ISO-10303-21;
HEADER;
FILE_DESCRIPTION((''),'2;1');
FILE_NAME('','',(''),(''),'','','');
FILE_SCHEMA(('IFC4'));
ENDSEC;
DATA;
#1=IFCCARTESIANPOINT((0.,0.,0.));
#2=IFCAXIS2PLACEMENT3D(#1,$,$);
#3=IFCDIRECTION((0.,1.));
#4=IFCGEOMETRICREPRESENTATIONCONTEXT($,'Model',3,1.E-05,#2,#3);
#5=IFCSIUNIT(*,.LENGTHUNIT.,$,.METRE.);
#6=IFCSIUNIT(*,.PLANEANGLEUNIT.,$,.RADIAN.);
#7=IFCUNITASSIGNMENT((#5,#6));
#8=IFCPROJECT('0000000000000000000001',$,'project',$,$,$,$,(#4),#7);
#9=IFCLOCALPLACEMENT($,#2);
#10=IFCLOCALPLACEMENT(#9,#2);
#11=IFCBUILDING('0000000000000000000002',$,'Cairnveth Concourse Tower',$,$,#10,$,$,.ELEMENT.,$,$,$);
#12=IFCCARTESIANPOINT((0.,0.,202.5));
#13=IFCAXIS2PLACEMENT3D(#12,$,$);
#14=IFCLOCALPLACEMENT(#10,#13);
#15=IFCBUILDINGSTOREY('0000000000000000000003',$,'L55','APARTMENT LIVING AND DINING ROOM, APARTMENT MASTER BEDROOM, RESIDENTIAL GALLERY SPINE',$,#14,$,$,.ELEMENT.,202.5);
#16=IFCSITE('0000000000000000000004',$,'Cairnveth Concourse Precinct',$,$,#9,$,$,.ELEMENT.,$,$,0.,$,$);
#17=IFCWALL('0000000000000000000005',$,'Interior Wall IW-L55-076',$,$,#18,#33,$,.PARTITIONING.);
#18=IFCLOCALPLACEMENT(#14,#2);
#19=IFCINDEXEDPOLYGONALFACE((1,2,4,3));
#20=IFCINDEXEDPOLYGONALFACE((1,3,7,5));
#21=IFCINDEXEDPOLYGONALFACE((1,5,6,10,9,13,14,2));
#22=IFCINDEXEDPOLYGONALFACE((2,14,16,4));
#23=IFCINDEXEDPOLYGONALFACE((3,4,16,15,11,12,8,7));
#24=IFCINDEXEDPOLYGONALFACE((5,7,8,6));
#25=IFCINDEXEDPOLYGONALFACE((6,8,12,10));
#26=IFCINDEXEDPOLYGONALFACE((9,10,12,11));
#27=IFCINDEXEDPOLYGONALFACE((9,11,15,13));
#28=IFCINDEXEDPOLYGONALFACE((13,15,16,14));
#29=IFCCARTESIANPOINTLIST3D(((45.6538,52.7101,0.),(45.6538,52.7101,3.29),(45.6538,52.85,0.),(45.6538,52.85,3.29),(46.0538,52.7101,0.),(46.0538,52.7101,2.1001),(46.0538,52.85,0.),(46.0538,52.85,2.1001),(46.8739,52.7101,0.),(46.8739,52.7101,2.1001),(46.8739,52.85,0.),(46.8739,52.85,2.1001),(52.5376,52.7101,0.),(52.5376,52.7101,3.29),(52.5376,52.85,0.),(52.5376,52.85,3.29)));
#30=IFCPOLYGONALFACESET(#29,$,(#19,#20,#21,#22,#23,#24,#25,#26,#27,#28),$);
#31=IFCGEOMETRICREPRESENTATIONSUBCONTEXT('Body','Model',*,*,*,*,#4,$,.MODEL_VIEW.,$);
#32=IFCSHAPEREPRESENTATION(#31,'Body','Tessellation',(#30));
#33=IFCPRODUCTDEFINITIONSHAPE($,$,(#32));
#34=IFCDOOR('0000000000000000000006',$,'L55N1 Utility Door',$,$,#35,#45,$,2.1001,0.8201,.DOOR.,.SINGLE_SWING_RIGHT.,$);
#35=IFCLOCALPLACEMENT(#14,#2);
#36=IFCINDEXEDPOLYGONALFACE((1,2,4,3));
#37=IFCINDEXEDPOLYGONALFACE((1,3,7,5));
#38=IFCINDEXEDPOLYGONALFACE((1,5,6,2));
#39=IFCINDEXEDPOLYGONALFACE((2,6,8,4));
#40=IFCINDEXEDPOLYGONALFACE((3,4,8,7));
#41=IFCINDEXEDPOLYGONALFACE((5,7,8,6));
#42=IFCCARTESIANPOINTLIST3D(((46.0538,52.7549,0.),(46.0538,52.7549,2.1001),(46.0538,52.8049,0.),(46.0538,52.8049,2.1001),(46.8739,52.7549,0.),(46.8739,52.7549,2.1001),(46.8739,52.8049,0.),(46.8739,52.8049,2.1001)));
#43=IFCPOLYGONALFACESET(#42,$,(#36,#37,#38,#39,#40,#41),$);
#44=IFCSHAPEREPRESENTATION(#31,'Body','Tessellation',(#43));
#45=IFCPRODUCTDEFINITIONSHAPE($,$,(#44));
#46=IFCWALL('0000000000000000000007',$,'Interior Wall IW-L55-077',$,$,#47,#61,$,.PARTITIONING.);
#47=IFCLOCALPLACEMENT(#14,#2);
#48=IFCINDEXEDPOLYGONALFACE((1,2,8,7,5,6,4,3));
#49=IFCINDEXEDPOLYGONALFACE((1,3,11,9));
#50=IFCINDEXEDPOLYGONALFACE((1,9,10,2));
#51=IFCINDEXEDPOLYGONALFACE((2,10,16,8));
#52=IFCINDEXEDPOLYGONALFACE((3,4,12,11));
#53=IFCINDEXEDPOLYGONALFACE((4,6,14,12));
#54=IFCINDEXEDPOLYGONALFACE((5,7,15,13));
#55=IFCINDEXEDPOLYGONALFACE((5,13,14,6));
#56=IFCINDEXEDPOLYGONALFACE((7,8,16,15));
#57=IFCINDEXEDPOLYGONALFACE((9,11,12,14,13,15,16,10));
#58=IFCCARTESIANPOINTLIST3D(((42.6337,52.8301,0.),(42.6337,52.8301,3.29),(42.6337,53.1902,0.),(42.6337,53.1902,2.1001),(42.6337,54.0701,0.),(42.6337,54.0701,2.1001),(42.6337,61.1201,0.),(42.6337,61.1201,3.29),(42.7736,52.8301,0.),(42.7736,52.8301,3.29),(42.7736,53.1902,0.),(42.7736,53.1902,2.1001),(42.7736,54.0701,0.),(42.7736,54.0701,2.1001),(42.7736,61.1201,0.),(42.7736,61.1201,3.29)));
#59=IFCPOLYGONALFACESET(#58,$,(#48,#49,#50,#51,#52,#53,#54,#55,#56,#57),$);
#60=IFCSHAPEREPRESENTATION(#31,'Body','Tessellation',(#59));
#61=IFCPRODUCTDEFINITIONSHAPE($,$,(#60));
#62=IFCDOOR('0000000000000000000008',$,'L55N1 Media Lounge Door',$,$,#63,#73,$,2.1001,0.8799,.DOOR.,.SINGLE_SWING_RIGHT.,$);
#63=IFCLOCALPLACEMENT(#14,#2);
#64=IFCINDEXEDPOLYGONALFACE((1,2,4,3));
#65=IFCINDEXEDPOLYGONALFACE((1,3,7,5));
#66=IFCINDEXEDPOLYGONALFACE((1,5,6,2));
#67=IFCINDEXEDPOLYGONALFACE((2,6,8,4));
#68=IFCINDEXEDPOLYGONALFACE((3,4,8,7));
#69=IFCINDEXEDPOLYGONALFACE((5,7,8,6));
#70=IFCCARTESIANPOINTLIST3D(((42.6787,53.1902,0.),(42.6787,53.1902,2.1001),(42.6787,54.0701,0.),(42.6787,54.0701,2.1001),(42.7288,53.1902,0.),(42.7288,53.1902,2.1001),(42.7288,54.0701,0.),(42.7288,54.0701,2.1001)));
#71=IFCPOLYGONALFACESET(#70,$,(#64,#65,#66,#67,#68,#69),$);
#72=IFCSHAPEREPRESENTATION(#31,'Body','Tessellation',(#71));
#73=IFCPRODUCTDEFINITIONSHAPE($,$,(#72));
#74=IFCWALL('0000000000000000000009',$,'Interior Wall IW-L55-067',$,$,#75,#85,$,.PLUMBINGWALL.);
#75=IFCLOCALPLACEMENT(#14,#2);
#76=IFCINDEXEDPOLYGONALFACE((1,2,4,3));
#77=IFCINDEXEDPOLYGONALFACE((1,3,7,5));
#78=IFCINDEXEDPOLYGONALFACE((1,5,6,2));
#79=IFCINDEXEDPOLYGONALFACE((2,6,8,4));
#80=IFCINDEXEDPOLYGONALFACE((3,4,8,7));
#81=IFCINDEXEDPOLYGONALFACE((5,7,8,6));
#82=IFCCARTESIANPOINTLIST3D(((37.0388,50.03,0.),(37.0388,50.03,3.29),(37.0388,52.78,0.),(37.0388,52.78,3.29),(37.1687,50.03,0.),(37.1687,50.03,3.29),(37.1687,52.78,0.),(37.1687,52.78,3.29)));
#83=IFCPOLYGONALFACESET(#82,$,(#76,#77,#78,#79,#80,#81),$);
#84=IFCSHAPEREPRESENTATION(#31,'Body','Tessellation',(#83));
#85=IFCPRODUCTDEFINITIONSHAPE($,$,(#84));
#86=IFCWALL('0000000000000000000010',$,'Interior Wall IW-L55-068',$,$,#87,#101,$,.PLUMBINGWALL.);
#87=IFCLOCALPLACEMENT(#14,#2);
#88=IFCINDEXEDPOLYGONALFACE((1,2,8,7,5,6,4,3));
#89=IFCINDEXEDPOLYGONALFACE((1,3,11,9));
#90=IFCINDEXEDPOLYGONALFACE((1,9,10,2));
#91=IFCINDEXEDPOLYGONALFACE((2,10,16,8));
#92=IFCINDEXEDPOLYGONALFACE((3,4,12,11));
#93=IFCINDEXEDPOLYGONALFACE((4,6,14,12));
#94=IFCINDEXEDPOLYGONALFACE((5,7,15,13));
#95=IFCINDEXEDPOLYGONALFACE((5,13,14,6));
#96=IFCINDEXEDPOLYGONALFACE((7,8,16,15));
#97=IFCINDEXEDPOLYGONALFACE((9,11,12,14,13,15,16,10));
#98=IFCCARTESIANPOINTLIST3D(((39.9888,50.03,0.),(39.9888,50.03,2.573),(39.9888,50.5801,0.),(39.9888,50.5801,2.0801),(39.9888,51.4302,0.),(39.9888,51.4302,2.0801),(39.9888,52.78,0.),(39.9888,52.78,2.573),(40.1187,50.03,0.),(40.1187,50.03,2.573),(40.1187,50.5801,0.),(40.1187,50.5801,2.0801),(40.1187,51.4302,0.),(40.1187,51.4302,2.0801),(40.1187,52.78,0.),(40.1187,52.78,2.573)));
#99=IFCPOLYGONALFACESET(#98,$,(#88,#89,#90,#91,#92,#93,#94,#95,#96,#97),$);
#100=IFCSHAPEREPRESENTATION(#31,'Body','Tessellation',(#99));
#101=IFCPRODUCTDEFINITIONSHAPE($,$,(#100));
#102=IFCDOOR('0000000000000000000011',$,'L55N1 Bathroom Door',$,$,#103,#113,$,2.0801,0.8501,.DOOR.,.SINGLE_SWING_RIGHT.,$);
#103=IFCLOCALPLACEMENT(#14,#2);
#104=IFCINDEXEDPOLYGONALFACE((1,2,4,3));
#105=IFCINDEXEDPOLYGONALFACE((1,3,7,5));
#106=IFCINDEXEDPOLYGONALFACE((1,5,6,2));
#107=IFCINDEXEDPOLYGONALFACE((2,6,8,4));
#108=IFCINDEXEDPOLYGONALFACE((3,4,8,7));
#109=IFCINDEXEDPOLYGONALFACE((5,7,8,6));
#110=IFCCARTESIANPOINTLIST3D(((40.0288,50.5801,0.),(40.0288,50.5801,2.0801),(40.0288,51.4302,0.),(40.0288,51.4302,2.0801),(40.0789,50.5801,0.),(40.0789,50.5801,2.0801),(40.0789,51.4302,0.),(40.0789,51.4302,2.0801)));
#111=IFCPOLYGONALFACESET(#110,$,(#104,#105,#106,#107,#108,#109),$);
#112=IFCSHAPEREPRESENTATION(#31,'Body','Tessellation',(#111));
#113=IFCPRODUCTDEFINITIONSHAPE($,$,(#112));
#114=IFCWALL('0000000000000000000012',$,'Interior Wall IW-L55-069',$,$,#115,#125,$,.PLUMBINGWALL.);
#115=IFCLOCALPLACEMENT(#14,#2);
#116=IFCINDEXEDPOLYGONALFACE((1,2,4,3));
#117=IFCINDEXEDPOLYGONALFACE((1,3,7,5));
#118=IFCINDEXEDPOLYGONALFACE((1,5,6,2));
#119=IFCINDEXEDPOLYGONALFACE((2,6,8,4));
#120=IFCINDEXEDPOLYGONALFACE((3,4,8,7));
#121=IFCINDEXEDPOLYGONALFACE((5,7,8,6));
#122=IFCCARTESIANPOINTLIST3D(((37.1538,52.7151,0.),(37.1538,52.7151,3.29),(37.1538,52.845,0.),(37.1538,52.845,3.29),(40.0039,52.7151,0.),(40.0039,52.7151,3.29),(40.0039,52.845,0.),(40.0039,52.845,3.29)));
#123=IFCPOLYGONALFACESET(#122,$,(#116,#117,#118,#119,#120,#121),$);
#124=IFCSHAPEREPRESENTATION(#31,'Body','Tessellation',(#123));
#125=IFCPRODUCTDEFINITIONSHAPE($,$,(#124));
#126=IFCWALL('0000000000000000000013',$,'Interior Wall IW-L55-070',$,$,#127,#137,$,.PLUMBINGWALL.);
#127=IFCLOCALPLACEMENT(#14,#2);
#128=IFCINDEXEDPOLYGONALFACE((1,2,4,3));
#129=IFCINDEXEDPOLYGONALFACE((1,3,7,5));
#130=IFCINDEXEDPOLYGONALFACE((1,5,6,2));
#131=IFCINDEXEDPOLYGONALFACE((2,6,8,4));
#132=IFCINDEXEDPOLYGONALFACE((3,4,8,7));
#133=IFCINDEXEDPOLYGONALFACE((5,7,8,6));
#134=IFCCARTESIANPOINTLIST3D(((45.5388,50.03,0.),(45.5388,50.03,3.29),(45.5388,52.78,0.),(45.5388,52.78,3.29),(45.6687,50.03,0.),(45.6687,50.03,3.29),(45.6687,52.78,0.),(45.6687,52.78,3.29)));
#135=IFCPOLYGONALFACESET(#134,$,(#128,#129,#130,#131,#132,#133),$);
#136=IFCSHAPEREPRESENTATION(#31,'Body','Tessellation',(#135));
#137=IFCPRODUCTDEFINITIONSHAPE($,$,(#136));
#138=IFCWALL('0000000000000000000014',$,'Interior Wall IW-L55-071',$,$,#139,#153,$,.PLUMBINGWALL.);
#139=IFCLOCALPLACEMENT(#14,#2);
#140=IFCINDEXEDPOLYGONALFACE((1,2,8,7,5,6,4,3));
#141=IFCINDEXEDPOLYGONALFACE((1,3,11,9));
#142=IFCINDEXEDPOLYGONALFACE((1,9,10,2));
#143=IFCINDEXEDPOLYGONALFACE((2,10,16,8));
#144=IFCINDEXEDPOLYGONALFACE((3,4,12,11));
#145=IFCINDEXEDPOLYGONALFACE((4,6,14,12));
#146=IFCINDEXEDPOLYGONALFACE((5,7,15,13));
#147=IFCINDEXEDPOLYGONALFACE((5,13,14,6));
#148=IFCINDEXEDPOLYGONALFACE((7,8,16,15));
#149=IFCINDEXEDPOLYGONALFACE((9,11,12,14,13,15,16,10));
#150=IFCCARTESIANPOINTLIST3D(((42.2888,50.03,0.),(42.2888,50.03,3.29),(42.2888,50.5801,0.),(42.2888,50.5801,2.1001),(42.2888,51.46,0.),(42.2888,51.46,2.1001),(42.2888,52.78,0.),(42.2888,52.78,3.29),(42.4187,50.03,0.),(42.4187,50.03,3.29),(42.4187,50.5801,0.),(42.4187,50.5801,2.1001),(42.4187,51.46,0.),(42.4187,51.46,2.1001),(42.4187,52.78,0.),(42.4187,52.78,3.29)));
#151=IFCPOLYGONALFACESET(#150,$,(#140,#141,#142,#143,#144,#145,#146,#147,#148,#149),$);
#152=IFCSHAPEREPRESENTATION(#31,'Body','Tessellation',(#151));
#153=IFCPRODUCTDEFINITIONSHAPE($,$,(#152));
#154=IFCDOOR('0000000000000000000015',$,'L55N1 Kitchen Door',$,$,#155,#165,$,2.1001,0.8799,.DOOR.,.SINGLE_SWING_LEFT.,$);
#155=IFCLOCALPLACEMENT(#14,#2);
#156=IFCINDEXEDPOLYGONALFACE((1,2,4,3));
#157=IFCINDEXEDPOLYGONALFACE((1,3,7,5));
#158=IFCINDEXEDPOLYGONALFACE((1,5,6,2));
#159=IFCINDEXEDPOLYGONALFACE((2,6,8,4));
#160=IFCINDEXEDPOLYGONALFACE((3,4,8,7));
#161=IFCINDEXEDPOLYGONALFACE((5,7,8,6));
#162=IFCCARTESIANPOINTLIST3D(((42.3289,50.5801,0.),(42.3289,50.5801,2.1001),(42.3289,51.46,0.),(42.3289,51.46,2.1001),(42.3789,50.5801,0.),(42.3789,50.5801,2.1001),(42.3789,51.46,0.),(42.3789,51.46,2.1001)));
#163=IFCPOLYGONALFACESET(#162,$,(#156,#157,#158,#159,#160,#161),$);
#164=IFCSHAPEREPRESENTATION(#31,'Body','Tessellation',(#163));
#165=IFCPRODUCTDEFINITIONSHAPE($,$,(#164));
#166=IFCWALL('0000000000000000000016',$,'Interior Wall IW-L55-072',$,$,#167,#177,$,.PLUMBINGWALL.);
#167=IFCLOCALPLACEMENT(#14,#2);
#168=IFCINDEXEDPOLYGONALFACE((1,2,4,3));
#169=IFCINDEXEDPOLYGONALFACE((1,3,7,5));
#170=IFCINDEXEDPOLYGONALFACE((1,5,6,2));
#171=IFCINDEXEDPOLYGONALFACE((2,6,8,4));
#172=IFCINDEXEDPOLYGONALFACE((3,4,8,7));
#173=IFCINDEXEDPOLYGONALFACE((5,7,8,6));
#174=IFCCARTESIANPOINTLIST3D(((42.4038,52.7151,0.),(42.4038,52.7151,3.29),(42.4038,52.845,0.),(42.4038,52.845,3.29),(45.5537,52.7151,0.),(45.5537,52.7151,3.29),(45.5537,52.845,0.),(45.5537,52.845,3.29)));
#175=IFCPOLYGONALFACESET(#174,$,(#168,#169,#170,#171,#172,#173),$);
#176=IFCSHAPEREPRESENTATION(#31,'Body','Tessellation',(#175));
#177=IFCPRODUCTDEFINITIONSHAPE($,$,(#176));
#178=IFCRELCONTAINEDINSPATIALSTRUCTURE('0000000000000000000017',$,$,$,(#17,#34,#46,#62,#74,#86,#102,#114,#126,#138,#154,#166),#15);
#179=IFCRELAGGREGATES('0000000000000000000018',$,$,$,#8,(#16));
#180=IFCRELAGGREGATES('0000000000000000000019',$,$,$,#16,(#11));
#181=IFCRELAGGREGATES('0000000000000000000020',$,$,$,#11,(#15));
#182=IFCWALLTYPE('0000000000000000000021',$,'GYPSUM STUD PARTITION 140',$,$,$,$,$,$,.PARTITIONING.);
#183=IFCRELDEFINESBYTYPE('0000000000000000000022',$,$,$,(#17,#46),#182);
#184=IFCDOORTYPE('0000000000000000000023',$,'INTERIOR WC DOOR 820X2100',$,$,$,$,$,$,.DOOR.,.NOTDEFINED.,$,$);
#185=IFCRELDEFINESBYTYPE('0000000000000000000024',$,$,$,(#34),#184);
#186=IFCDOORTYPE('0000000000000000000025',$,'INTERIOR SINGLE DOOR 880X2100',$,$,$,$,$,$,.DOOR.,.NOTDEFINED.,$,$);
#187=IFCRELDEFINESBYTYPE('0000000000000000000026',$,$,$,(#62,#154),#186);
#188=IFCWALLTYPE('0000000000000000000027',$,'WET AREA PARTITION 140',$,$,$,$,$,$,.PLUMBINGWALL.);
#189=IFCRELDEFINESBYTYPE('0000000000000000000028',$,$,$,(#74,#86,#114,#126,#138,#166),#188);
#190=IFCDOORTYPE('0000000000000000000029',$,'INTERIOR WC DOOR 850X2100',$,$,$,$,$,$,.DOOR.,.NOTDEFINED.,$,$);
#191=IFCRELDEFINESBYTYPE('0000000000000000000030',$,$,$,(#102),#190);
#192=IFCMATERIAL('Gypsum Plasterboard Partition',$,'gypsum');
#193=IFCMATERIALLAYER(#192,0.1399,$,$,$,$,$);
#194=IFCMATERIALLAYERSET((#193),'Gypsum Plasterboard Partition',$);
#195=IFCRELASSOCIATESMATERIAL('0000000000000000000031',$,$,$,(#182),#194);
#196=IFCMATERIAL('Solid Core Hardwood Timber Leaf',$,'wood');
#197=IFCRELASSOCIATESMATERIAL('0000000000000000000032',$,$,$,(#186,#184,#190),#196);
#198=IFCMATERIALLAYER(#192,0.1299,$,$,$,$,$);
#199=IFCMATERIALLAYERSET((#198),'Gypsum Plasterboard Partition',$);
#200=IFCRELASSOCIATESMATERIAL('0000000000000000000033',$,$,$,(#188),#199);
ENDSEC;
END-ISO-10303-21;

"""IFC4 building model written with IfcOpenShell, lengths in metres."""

from ifc_helpers import new_model, si_unit, direction, frame, frame_2d, origin, place, context, subcontext, project, spatial, rectangle, extrude, material, layer, layer_set, type_object, element, fill, save


model = new_model("IFC4")

# Units and contexts
model_context = context("Model", 3, precision=1e-05, world=origin(), true_north=direction((0.0, 1.0)))
body_context = subcontext(model_context, "Body", "Model", "MODEL_VIEW")
ifc_project = project(units=[si_unit("LENGTHUNIT", "METRE"), si_unit("PLANEANGLEUNIT", "RADIAN")], contexts=[model_context])

# Site, building, storey
site_placement = place(None, origin())
site = spatial("IfcSite", under=ifc_project, at=site_placement, Name="Cairnveth Concourse Precinct", CompositionType="ELEMENT", RefElevation=0.0)
building_placement = place(site_placement, origin())
building = spatial("IfcBuilding", under=site, at=building_placement, Name="Cairnveth Concourse Tower", CompositionType="ELEMENT")
storey_placement = place(building_placement, frame((0.0, 0.0, 202.5)))
storey = spatial("IfcBuildingStorey", under=building, at=storey_placement, Name="L55", Description="APARTMENT LIVING AND DINING ROOM, APARTMENT MASTER BEDROOM, RESIDENTIAL GALLERY SPINE", CompositionType="ELEMENT", Elevation=202.5)

# Walls, openings, doors
ifc_material_1 = material(Name="Gypsum Plasterboard Partition", Category="gypsum")
ifc_layer_1 = layer(ifc_material_1, 0.1399)
ifc_layer_set_1 = layer_set([ifc_layer_1], Name="Gypsum Plasterboard Partition")
wall_type_1 = type_object("IfcWallType", Name="GYPSUM STUD PARTITION 140", PredefinedType="PARTITIONING", material=ifc_layer_set_1)
ifc_material_2 = material(Name="Solid Core Hardwood Timber Leaf", Category="wood")
door_type_1 = type_object("IfcDoorType", Name="INTERIOR SINGLE DOOR 880X2100", OperationType="NOTDEFINED", PredefinedType="DOOR", material=ifc_material_2)
wall_1_placement = place(storey_placement, frame((45.6538, 52.78, 0.0), z_axis=(0.0, 0.0, 1.0), x_axis=(1.0, 0.0, 0.0)))
wall_1 = element("IfcWall", 1, at=wall_1_placement, inside=storey, type_object=wall_type_1, Name="Interior Wall IW-L55-076", PredefinedType="PARTITIONING", context=body_context, shape_type="SweptSolid", body=[
    extrude(rectangle(XDim=6.8838, YDim=0.1399, at=frame_2d((3.4419, 0.0))), origin(), (0.0, 0.0, 1.0), 3.29),
])
opening_1_placement = place(wall_1_placement, frame((0.3999, 0.0, 0.0)))
opening_1 = element("IfcOpeningElement", 2, at=opening_1_placement, cuts=wall_1, PredefinedType="OPENING", context=body_context, shape_type="SweptSolid", body=[
    extrude(rectangle(XDim=0.8201, YDim=2.1001, at=frame_2d((0.4102, 1.05))), frame((0.0, 0.0798, 0.0), z_axis=(0.0, -1.0, 0.0), x_axis=(1.0, 0.0, 0.0)), (0.0, 0.0, 1.0), 0.1599),
])
door_type_2 = type_object("IfcDoorType", Name="INTERIOR WC DOOR 820X2100", OperationType="NOTDEFINED", PredefinedType="DOOR", material=ifc_material_2)
door_1_placement = place(opening_1_placement, origin())
door_1 = element("IfcDoor", 3, at=door_1_placement, inside=storey, type_object=door_type_2, Name="L55N1 Utility Door", OperationType="SINGLE_SWING_RIGHT", OverallHeight=2.1001, OverallWidth=0.8201, PredefinedType="DOOR", context=body_context, shape_type="SweptSolid", body=[
    extrude(rectangle(XDim=0.8201, YDim=2.1001, at=frame_2d((0.4102, 1.05))), frame((0.0, 0.0249, 0.0), z_axis=(0.0, -1.0, 0.0), x_axis=(1.0, 0.0, 0.0)), (0.0, 0.0, 1.0), 0.05),
])
fill(opening_1, door_1)
wall_2_placement = place(storey_placement, frame((42.7036, 52.8301, 0.0), z_axis=(0.0, 0.0, 1.0), x_axis=(0.0, 1.0, 0.0)))
wall_2 = element("IfcWall", 4, at=wall_2_placement, inside=storey, type_object=wall_type_1, Name="Interior Wall IW-L55-077", PredefinedType="PARTITIONING", context=body_context, shape_type="SweptSolid", body=[
    extrude(rectangle(XDim=8.29, YDim=0.1399, at=frame_2d((4.145, 0.0))), origin(), (0.0, 0.0, 1.0), 3.29),
])
opening_2_placement = place(wall_2_placement, frame((0.3601, 0.0, 0.0)))
opening_2 = element("IfcOpeningElement", 5, at=opening_2_placement, cuts=wall_2, PredefinedType="OPENING", context=body_context, shape_type="SweptSolid", body=[
    extrude(rectangle(XDim=0.8799, YDim=2.1001, at=frame_2d((0.4399, 1.05))), frame((0.0, 0.0798, 0.0), z_axis=(0.0, -1.0, 0.0), x_axis=(1.0, 0.0, 0.0)), (0.0, 0.0, 1.0), 0.1599),
])
door_2_placement = place(opening_2_placement, origin())
door_2 = element("IfcDoor", 6, at=door_2_placement, inside=storey, type_object=door_type_1, Name="L55N1 Media Lounge Door", OperationType="SINGLE_SWING_RIGHT", OverallHeight=2.1001, OverallWidth=0.8799, PredefinedType="DOOR", context=body_context, shape_type="SweptSolid", body=[
    extrude(rectangle(XDim=0.8799, YDim=2.1001, at=frame_2d((0.4399, 1.05))), frame((0.0, 0.0249, 0.0), z_axis=(0.0, -1.0, 0.0), x_axis=(1.0, 0.0, 0.0)), (0.0, 0.0, 1.0), 0.05),
])
fill(opening_2, door_2)

# Wall
ifc_layer_2 = layer(ifc_material_1, 0.1299)
ifc_layer_set_2 = layer_set([ifc_layer_2], Name="Gypsum Plasterboard Partition")
wall_type_2 = type_object("IfcWallType", Name="WET AREA PARTITION 140", PredefinedType="PLUMBINGWALL", material=ifc_layer_set_2)
wall_3_placement = place(storey_placement, frame((37.1038, 50.03, 0.0), z_axis=(0.0, 0.0, 1.0), x_axis=(0.0, 1.0, 0.0)))
element("IfcWall", 7, at=wall_3_placement, inside=storey, type_object=wall_type_2, Name="Interior Wall IW-L55-067", PredefinedType="PLUMBINGWALL", context=body_context, shape_type="SweptSolid", body=[
    extrude(rectangle(XDim=2.75, YDim=0.1299, at=frame_2d((1.375, 0.0))), origin(), (0.0, 0.0, 1.0), 3.29),
])

# Wall, opening, door
wall_4_placement = place(storey_placement, frame((40.0537, 50.03, 0.0), z_axis=(0.0, 0.0, 1.0), x_axis=(0.0, 1.0, 0.0)))
wall_4 = element("IfcWall", 8, at=wall_4_placement, inside=storey, type_object=wall_type_2, Name="Interior Wall IW-L55-068", PredefinedType="PLUMBINGWALL", context=body_context, shape_type="SweptSolid", body=[
    extrude(rectangle(XDim=2.75, YDim=0.1299, at=frame_2d((1.375, 0.0))), origin(), (0.0, 0.0, 1.0), 2.573),
])
opening_3_placement = place(wall_4_placement, frame((0.55, 0.0, 0.0)))
opening_3 = element("IfcOpeningElement", 9, at=opening_3_placement, cuts=wall_4, PredefinedType="OPENING", context=body_context, shape_type="SweptSolid", body=[
    extrude(rectangle(XDim=0.8501, YDim=2.0801, at=frame_2d((0.425, 1.04))), frame((0.0, 0.075, 0.0), z_axis=(0.0, -1.0, 0.0), x_axis=(1.0, 0.0, 0.0)), (0.0, 0.0, 1.0), 0.1499),
])
door_type_3 = type_object("IfcDoorType", Name="INTERIOR WC DOOR 850X2100", OperationType="NOTDEFINED", PredefinedType="DOOR", material=ifc_material_2)
door_3_placement = place(opening_3_placement, origin())
door_3 = element("IfcDoor", 10, at=door_3_placement, inside=storey, type_object=door_type_3, Name="L55N1 Bathroom Door", OperationType="SINGLE_SWING_RIGHT", OverallHeight=2.0801, OverallWidth=0.8501, PredefinedType="DOOR", context=body_context, shape_type="SweptSolid", body=[
    extrude(rectangle(XDim=0.8501, YDim=2.0801, at=frame_2d((0.425, 1.04))), frame((0.0, 0.0249, 0.0), z_axis=(0.0, -1.0, 0.0), x_axis=(1.0, 0.0, 0.0)), (0.0, 0.0, 1.0), 0.05),
])
fill(opening_3, door_3)

# Walls
wall_5_placement = place(storey_placement, frame((37.1538, 52.78, 0.0), z_axis=(0.0, 0.0, 1.0), x_axis=(1.0, 0.0, 0.0)))
element("IfcWall", 11, at=wall_5_placement, inside=storey, type_object=wall_type_2, Name="Interior Wall IW-L55-069", PredefinedType="PLUMBINGWALL", context=body_context, shape_type="SweptSolid", body=[
    extrude(rectangle(XDim=2.8501, YDim=0.1299, at=frame_2d((1.425, 0.0))), origin(), (0.0, 0.0, 1.0), 3.29),
])
wall_6_placement = place(storey_placement, frame((45.6038, 50.03, 0.0), z_axis=(0.0, 0.0, 1.0), x_axis=(0.0, 1.0, 0.0)))
element("IfcWall", 12, at=wall_6_placement, inside=storey, type_object=wall_type_2, Name="Interior Wall IW-L55-070", PredefinedType="PLUMBINGWALL", context=body_context, shape_type="SweptSolid", body=[
    extrude(rectangle(XDim=2.75, YDim=0.1299, at=frame_2d((1.375, 0.0))), origin(), (0.0, 0.0, 1.0), 3.29),
])

# Wall, opening, door
wall_7_placement = place(storey_placement, frame((42.3538, 50.03, 0.0), z_axis=(0.0, 0.0, 1.0), x_axis=(0.0, 1.0, 0.0)))
wall_7 = element("IfcWall", 13, at=wall_7_placement, inside=storey, type_object=wall_type_2, Name="Interior Wall IW-L55-071", PredefinedType="PLUMBINGWALL", context=body_context, shape_type="SweptSolid", body=[
    extrude(rectangle(XDim=2.75, YDim=0.1299, at=frame_2d((1.375, 0.0))), origin(), (0.0, 0.0, 1.0), 3.29),
])
opening_4_placement = place(wall_7_placement, frame((0.55, 0.0, 0.0)))
opening_4 = element("IfcOpeningElement", 14, at=opening_4_placement, cuts=wall_7, PredefinedType="OPENING", context=body_context, shape_type="SweptSolid", body=[
    extrude(rectangle(XDim=0.8799, YDim=2.1001, at=frame_2d((0.4399, 1.05))), frame((0.0, 0.075, 0.0), z_axis=(0.0, -1.0, 0.0), x_axis=(1.0, 0.0, 0.0)), (0.0, 0.0, 1.0), 0.1499),
])
door_4_placement = place(opening_4_placement, origin())
door_4 = element("IfcDoor", 15, at=door_4_placement, inside=storey, type_object=door_type_1, Name="L55N1 Kitchen Door", OperationType="SINGLE_SWING_LEFT", OverallHeight=2.1001, OverallWidth=0.8799, PredefinedType="DOOR", context=body_context, shape_type="SweptSolid", body=[
    extrude(rectangle(XDim=0.8799, YDim=2.1001, at=frame_2d((0.4399, 1.05))), frame((0.0, 0.0249, 0.0), z_axis=(0.0, -1.0, 0.0), x_axis=(1.0, 0.0, 0.0)), (0.0, 0.0, 1.0), 0.05),
])
fill(opening_4, door_4)

# Wall
wall_8_placement = place(storey_placement, frame((42.4038, 52.78, 0.0), z_axis=(0.0, 0.0, 1.0), x_axis=(1.0, 0.0, 0.0)))
element("IfcWall", 16, at=wall_8_placement, inside=storey, type_object=wall_type_2, Name="Interior Wall IW-L55-072", PredefinedType="PLUMBINGWALL", context=body_context, shape_type="SweptSolid", body=[
    extrude(rectangle(XDim=3.1499, YDim=0.1299, at=frame_2d((1.575, 0.0))), origin(), (0.0, 0.0, 1.0), 3.29),
])

save(model, "model.ifc")
